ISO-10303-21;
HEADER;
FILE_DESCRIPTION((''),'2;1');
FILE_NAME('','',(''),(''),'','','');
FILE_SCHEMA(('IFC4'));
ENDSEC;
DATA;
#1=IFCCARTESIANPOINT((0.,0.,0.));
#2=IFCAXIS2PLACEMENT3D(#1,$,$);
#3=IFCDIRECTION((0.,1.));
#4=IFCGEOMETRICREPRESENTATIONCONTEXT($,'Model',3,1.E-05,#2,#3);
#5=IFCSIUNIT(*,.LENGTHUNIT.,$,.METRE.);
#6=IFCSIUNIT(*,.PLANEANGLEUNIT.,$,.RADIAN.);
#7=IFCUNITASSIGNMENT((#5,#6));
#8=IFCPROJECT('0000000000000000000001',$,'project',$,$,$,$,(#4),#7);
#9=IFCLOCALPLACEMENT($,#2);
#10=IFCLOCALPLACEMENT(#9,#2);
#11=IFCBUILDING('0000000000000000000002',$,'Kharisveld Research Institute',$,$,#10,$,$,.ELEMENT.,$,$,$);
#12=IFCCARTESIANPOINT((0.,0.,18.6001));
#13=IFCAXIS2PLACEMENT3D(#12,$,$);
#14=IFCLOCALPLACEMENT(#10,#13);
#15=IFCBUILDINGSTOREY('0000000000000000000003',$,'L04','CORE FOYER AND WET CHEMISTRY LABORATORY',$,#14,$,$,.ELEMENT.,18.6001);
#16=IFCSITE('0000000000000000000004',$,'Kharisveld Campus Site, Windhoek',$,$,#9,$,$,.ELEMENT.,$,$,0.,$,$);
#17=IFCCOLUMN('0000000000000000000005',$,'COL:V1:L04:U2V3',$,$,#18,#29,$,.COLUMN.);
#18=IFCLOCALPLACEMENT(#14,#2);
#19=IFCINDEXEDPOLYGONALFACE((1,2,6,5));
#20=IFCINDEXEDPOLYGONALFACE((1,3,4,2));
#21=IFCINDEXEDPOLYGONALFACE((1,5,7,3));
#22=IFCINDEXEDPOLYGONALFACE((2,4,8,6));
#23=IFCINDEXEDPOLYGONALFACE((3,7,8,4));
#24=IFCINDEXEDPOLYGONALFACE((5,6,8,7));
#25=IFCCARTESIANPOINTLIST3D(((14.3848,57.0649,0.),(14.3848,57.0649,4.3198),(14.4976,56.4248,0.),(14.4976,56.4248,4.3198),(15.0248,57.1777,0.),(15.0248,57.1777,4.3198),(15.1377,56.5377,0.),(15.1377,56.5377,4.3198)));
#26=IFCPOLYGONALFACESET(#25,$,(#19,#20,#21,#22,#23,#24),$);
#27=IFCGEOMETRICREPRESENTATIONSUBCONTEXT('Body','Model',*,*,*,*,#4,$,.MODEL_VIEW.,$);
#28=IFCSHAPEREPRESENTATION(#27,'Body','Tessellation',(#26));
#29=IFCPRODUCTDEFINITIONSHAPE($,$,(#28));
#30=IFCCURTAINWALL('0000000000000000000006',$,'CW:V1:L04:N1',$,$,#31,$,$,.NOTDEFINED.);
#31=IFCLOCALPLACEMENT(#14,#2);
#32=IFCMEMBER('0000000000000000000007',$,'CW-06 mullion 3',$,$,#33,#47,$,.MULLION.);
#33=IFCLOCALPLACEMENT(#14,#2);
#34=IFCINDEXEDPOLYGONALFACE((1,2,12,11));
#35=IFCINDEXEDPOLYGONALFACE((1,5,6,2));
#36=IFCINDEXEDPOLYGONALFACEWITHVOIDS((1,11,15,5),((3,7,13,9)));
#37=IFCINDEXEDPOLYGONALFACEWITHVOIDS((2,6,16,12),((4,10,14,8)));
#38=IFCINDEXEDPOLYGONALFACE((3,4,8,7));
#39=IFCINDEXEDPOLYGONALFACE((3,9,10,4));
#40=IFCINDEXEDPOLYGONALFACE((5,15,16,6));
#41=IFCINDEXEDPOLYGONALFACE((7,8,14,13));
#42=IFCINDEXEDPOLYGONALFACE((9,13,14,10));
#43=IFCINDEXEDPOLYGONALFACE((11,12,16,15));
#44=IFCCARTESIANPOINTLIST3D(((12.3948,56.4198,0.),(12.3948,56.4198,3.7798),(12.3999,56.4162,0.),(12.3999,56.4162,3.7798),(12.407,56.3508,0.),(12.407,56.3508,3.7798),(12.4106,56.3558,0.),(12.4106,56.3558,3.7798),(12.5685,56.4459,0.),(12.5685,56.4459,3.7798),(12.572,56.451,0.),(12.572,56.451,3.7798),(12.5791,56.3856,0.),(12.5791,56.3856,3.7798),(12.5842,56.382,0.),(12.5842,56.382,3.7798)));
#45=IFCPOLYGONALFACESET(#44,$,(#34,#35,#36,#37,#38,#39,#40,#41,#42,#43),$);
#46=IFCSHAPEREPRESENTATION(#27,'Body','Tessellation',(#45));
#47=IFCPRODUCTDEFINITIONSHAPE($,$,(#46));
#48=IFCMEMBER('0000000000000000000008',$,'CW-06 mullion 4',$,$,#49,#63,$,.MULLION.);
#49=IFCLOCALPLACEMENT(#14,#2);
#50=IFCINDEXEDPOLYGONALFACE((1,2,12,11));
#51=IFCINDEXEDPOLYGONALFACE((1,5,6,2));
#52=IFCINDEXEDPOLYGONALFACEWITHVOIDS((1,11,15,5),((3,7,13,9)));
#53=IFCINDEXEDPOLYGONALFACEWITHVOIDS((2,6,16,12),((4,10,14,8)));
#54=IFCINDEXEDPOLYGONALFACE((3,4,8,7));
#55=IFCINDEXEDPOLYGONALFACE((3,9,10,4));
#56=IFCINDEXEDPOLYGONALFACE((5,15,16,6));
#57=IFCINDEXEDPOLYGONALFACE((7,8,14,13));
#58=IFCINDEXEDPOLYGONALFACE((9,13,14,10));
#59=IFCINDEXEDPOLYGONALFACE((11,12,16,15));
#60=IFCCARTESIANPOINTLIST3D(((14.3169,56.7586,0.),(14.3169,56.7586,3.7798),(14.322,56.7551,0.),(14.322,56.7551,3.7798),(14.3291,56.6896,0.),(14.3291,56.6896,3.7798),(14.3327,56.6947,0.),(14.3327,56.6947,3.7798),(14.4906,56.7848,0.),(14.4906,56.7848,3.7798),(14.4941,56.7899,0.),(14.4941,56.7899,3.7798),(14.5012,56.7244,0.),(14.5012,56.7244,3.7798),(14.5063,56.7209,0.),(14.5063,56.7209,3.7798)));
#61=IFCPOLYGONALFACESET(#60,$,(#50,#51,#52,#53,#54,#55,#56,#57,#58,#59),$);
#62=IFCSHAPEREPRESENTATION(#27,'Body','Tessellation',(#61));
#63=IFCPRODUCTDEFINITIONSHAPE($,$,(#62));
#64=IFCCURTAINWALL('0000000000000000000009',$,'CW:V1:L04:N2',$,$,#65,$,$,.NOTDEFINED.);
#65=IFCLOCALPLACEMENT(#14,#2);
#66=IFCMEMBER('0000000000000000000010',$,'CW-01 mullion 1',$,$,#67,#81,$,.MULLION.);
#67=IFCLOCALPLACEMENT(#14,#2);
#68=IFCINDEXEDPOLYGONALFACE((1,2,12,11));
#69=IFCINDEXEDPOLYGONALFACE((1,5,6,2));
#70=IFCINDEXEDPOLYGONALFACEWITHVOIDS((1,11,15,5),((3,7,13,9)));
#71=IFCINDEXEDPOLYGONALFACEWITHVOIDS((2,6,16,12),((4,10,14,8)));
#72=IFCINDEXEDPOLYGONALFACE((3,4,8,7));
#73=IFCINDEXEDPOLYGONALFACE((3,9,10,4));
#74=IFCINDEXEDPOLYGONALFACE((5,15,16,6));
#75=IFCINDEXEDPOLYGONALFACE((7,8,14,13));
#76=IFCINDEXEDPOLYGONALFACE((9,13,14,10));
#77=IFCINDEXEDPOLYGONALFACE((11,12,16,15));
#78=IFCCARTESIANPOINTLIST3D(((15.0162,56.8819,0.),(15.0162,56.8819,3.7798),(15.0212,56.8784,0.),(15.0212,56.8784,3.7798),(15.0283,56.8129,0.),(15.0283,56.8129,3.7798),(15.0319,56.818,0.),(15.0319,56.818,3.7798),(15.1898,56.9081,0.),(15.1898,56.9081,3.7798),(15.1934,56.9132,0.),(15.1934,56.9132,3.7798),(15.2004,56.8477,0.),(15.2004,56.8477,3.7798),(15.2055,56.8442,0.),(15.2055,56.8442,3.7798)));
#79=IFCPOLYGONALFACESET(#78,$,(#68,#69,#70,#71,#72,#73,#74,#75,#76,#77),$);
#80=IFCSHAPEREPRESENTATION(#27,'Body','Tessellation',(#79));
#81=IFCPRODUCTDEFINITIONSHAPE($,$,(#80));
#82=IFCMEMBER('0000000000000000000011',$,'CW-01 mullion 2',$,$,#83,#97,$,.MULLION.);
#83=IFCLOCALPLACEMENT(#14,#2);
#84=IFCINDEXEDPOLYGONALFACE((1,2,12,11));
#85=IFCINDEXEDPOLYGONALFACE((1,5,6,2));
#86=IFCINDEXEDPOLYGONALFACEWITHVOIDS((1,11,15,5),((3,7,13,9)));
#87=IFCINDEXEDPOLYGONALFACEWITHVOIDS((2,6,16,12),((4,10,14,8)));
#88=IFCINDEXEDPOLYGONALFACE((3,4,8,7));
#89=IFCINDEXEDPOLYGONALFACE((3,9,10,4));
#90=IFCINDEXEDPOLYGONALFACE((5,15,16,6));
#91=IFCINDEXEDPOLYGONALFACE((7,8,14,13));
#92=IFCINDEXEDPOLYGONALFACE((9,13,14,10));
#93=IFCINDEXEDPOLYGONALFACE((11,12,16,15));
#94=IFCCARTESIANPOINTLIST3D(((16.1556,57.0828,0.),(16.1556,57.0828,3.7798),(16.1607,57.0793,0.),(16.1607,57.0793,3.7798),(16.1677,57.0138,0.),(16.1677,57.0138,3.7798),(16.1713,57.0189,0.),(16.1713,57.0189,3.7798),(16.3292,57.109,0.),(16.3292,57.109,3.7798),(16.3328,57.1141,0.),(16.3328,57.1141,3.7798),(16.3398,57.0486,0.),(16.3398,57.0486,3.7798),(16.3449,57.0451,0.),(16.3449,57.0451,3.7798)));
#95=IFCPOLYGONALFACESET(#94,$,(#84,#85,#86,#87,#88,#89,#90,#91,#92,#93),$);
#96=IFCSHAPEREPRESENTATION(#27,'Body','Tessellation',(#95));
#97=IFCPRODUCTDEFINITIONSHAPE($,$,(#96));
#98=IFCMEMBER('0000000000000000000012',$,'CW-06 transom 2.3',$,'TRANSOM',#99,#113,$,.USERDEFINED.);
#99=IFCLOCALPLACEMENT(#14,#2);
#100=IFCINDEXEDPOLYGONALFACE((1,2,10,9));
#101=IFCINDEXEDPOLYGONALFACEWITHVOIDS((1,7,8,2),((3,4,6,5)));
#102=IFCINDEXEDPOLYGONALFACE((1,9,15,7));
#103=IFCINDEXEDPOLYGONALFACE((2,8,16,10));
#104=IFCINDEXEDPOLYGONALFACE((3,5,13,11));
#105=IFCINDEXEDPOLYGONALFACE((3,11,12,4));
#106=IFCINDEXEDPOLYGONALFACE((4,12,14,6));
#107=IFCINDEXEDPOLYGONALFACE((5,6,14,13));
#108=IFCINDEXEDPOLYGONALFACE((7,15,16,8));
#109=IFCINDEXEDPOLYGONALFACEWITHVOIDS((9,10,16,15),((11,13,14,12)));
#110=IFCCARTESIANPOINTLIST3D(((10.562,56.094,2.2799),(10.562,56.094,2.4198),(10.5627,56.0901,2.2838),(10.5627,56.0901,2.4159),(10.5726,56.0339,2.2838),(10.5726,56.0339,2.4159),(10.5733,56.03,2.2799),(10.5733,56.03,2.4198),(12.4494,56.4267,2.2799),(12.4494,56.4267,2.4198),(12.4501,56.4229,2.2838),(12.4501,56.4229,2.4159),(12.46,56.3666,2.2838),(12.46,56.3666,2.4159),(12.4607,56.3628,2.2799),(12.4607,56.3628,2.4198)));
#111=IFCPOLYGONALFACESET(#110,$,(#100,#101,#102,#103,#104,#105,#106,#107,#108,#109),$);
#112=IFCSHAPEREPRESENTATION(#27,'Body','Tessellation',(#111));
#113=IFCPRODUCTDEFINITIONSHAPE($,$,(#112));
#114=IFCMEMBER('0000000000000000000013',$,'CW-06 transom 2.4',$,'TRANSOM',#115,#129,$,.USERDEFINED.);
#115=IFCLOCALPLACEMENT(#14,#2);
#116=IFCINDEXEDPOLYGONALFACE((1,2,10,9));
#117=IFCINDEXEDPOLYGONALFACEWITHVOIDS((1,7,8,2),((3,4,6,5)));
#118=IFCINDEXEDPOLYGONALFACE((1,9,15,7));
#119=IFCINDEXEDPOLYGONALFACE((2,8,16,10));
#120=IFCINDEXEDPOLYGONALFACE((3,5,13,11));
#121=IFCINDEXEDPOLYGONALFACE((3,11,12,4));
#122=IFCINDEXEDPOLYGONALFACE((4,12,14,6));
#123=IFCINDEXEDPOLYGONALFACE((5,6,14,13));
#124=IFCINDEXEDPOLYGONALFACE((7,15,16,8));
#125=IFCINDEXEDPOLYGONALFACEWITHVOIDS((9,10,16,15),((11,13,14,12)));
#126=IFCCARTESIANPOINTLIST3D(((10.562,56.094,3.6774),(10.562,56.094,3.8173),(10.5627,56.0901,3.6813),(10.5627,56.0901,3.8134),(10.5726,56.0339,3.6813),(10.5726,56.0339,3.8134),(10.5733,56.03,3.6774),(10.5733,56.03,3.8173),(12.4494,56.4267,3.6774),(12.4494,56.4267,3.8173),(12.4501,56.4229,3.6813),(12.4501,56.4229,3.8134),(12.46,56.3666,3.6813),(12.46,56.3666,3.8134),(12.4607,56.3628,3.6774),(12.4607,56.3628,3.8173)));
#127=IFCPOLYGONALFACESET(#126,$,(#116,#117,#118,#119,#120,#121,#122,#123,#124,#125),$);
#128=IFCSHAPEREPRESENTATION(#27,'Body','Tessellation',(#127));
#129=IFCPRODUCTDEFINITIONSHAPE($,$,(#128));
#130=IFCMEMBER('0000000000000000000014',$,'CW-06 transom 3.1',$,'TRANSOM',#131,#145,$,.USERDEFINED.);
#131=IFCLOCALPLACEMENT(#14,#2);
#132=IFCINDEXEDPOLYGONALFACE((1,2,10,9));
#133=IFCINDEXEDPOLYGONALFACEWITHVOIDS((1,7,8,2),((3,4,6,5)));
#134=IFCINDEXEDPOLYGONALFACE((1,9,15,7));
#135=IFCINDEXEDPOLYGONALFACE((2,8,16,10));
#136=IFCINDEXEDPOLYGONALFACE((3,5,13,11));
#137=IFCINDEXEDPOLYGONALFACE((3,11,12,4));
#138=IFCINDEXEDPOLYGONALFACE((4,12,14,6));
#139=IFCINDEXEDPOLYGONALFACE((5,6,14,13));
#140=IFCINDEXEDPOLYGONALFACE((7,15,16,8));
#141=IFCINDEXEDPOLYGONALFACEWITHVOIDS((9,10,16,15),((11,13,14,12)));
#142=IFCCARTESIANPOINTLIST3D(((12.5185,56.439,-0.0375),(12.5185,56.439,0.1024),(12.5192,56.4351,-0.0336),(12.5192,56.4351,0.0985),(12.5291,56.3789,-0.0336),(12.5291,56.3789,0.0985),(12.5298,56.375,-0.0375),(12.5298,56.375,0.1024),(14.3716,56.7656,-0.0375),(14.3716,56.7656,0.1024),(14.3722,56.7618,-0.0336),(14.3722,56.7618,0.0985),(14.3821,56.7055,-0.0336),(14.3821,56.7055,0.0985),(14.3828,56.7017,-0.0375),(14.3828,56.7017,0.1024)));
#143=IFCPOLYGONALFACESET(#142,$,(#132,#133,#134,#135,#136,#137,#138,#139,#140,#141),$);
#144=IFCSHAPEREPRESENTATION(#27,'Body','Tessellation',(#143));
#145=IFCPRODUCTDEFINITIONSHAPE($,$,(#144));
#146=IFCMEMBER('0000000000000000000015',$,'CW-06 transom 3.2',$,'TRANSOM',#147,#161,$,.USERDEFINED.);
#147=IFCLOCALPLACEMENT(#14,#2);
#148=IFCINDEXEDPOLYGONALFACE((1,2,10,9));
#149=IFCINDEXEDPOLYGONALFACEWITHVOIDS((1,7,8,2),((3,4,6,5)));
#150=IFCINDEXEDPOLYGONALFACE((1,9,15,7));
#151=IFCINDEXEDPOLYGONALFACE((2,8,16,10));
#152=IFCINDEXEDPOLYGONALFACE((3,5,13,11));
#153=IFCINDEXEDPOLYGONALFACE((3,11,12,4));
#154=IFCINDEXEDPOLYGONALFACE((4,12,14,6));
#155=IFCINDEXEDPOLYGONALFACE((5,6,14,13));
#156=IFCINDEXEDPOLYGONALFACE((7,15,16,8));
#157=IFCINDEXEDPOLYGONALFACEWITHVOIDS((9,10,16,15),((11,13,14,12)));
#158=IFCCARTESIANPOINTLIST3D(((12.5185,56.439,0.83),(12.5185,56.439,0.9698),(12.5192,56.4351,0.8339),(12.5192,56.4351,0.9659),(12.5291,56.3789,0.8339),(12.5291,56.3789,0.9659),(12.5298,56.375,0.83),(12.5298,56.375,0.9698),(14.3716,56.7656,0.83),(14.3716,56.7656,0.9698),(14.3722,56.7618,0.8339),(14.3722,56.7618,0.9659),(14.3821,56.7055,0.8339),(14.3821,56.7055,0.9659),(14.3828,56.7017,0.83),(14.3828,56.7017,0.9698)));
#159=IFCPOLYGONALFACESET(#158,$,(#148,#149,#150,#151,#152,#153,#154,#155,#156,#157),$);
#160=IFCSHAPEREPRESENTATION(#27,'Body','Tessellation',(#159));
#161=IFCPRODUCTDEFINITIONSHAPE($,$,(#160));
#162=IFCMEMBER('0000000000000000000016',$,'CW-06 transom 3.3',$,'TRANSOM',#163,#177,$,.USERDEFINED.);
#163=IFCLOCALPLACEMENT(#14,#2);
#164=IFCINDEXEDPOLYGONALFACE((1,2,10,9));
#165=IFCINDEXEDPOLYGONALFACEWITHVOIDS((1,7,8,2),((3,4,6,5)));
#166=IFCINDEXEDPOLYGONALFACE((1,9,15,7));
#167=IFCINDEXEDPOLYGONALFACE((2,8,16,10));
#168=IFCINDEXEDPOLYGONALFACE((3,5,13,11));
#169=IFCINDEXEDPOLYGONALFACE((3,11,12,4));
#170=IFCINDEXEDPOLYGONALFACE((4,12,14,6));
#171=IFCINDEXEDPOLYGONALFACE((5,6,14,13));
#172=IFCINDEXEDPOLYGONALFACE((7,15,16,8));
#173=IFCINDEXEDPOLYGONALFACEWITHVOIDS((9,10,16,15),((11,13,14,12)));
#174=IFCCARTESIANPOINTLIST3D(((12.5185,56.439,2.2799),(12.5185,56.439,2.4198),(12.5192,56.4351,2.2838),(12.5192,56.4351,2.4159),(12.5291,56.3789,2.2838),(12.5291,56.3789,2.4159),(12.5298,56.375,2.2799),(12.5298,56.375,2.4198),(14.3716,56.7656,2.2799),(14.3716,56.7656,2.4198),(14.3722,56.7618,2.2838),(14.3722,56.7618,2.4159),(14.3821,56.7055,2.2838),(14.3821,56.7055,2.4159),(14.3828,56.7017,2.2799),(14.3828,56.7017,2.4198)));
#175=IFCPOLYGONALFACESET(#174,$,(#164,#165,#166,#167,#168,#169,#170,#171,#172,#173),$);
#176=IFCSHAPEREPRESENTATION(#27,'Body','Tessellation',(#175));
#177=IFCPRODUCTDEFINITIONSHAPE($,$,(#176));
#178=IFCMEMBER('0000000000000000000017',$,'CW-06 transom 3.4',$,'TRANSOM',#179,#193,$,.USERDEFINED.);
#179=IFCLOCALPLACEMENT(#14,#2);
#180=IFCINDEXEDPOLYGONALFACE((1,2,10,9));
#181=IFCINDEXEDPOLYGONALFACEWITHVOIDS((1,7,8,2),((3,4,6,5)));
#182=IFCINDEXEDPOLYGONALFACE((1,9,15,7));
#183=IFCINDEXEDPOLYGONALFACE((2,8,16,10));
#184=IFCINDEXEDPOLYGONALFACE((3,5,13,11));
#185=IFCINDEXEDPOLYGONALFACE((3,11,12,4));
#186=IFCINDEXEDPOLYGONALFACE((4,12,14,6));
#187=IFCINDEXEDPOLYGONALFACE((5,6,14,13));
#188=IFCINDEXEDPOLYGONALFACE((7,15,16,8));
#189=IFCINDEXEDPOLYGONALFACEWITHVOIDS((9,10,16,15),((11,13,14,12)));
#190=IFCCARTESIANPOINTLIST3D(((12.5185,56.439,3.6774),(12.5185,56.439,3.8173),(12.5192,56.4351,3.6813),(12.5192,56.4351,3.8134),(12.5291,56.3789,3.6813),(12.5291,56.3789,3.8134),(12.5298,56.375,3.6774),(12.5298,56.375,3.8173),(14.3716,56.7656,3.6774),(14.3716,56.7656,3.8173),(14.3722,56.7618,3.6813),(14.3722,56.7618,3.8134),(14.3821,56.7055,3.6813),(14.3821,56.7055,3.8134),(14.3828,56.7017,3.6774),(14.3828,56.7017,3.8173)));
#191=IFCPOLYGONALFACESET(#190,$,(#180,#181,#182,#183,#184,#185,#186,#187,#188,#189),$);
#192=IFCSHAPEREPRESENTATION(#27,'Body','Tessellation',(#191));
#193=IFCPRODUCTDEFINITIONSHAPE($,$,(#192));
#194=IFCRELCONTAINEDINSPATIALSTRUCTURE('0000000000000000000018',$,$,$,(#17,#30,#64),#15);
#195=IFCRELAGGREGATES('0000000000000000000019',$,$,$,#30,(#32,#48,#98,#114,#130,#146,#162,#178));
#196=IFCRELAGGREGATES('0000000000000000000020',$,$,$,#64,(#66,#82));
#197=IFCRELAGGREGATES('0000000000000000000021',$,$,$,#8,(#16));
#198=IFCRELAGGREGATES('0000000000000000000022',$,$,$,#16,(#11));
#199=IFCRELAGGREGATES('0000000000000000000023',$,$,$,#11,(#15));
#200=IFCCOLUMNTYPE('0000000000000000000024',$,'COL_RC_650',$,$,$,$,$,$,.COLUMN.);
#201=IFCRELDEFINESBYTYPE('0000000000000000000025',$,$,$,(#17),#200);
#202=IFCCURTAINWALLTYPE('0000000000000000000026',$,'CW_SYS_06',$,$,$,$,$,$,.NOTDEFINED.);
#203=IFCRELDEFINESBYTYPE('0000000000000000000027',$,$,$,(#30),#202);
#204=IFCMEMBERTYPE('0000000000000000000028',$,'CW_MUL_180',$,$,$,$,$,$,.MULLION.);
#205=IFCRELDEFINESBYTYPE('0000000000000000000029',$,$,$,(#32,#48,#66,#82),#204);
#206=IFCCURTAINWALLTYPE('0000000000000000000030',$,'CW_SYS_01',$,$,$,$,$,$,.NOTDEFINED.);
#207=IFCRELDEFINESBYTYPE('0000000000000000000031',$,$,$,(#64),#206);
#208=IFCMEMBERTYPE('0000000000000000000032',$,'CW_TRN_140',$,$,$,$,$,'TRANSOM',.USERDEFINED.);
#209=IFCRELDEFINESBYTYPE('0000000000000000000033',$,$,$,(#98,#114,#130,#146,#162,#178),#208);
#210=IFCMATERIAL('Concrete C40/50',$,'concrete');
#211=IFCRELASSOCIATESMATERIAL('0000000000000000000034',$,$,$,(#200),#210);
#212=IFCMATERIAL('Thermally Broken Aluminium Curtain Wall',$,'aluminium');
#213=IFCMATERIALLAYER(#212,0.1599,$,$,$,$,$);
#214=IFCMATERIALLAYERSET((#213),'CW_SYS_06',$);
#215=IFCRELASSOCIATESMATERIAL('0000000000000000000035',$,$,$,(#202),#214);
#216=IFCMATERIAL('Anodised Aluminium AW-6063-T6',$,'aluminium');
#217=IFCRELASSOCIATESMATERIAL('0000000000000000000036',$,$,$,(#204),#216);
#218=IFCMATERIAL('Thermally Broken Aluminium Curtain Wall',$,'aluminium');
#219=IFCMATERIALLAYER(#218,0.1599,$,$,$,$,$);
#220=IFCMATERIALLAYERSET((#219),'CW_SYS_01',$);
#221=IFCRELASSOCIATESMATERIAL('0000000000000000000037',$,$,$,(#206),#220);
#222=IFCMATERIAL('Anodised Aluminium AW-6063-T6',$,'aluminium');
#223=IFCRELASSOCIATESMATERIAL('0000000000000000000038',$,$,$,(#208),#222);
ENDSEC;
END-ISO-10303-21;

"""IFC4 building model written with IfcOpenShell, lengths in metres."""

from ifc_helpers import new_model, si_unit, direction, frame, origin, origin_2d, place, context, subcontext, project, spatial, rectangle, hollow_rectangle, extrude, material, layer, layer_set, material_profile, profile_set, type_object, element, aggregate, save


model = new_model("IFC4")

# Units and contexts
model_context = context("Model", 3, precision=1e-05, world=origin(), true_north=direction((0.0, 1.0)))
body_context = subcontext(model_context, "Body", "Model", "MODEL_VIEW")
ifc_project = project(units=[si_unit("LENGTHUNIT", "METRE"), si_unit("PLANEANGLEUNIT", "RADIAN")], contexts=[model_context])

# Site, building, storey
site_placement = place(None, origin())
site = spatial("IfcSite", under=ifc_project, at=site_placement, Name="Kharisveld Campus Site, Windhoek", CompositionType="ELEMENT", RefElevation=0.0)
building_placement = place(site_placement, origin())
building = spatial("IfcBuilding", under=site, at=building_placement, Name="Kharisveld Research Institute", CompositionType="ELEMENT")
storey_placement = place(building_placement, frame((0.0, 0.0, 18.6001)))
storey = spatial("IfcBuildingStorey", under=building, at=storey_placement, Name="L04", Description="CORE FOYER AND WET CHEMISTRY LABORATORY", CompositionType="ELEMENT", Elevation=18.6001)

# Column
ifc_material_1 = material(Name="Concrete C40/50", Category="concrete")
ifc_material_profile_1 = material_profile(ifc_material_1, rectangle(XDim=0.6499, YDim=0.6499, at=origin_2d()))
ifc_profile_set_1 = profile_set([ifc_material_profile_1], Name="Concrete C40/50")
column_type = type_object("IfcColumnType", Name="COL_RC_650", PredefinedType="COLUMN", material=ifc_profile_set_1)
column_placement = place(storey_placement, frame((14.7612, 56.8013, 0.0), z_axis=(0.0, 0.0, 1.0), x_axis=(0.984808, 0.173648, 0.0)))
element("IfcColumn", 1, at=column_placement, inside=storey, type_object=column_type, Name="COL:V1:L04:U2V3", PredefinedType="COLUMN", context=body_context, shape_type="SweptSolid", body=[
    extrude(rectangle(XDim=0.6499, YDim=0.6499, at=origin_2d()), origin(), (0.0, 0.0, 1.0), 4.3198),
])

# Curtain walls, members
ifc_material_2 = material(Name="Thermally Broken Aluminium Curtain Wall", Category="aluminium")
ifc_layer_1 = layer(ifc_material_2, 0.1599)
ifc_layer_set_1 = layer_set([ifc_layer_1], Name="CW_SYS_06")
curtain_wall_type_1 = type_object("IfcCurtainWallType", Name="CW_SYS_06", PredefinedType="NOTDEFINED", material=ifc_layer_set_1)
curtain_wall_1_placement = place(storey_placement, origin())
curtain_wall_1 = element("IfcCurtainWall", 2, at=curtain_wall_1_placement, inside=storey, type_object=curtain_wall_type_1, Name="CW:V1:L04:N1", PredefinedType="NOTDEFINED")
ifc_material_3 = material(Name="Anodised Aluminium AW-6063-T6", Category="aluminium")
ifc_material_profile_2 = material_profile(ifc_material_3, hollow_rectangle(XDim=0.0701, YDim=0.1799, WallThickness=0.0044, at=origin_2d()))
ifc_profile_set_2 = profile_set([ifc_material_profile_2], Name="Anodised Aluminium AW-6063-T6")
member_type_1 = type_object("IfcMemberType", Name="CW_MUL_180", PredefinedType="MULLION", material=ifc_profile_set_2)
member_1_placement = place(storey_placement, frame((12.4895, 56.4009, 0.0), z_axis=(0.0, 0.0, 1.0), x_axis=(-0.173648, 0.984808, 0.0)))
member_1 = element("IfcMember", 3, at=member_1_placement, type_object=member_type_1, Name="CW-06 mullion 3", PredefinedType="MULLION", context=body_context, shape_type="SweptSolid", body=[
    extrude(hollow_rectangle(XDim=0.0701, YDim=0.1799, WallThickness=0.0044, at=origin_2d()), origin(), (0.0, 0.0, 1.0), 3.7798),
])
member_2_placement = place(storey_placement, frame((14.4116, 56.7397, 0.0), z_axis=(0.0, 0.0, 1.0), x_axis=(-0.173648, 0.984808, 0.0)))
member_2 = element("IfcMember", 4, at=member_2_placement, type_object=member_type_1, Name="CW-06 mullion 4", PredefinedType="MULLION", context=body_context, shape_type="SweptSolid", body=[
    extrude(hollow_rectangle(XDim=0.0701, YDim=0.1799, WallThickness=0.0044, at=origin_2d()), origin(), (0.0, 0.0, 1.0), 3.7798),
])
ifc_material_4 = material(Name="Thermally Broken Aluminium Curtain Wall", Category="aluminium")
ifc_layer_2 = layer(ifc_material_4, 0.1599)
ifc_layer_set_2 = layer_set([ifc_layer_2], Name="CW_SYS_01")
curtain_wall_type_2 = type_object("IfcCurtainWallType", Name="CW_SYS_01", PredefinedType="NOTDEFINED", material=ifc_layer_set_2)
curtain_wall_2_placement = place(storey_placement, origin())
curtain_wall_2 = element("IfcCurtainWall", 5, at=curtain_wall_2_placement, inside=storey, type_object=curtain_wall_type_2, Name="CW:V1:L04:N2", PredefinedType="NOTDEFINED")
member_3_placement = place(storey_placement, frame((15.1108, 56.863, 0.0), z_axis=(0.0, 0.0, 1.0), x_axis=(-0.173648, 0.984808, 0.0)))
member_3 = element("IfcMember", 6, at=member_3_placement, type_object=member_type_1, Name="CW-01 mullion 1", PredefinedType="MULLION", context=body_context, shape_type="SweptSolid", body=[
    extrude(hollow_rectangle(XDim=0.0701, YDim=0.1799, WallThickness=0.0044, at=origin_2d()), origin(), (0.0, 0.0, 1.0), 3.7798),
])
member_4_placement = place(storey_placement, frame((16.2502, 57.064, 0.0), z_axis=(0.0, 0.0, 1.0), x_axis=(-0.173648, 0.984808, 0.0)))
member_4 = element("IfcMember", 7, at=member_4_placement, type_object=member_type_1, Name="CW-01 mullion 2", PredefinedType="MULLION", context=body_context, shape_type="SweptSolid", body=[
    extrude(hollow_rectangle(XDim=0.0701, YDim=0.1799, WallThickness=0.0044, at=origin_2d()), origin(), (0.0, 0.0, 1.0), 3.7798),
])

# Members
ifc_material_5 = material(Name="Anodised Aluminium AW-6063-T6", Category="aluminium")
ifc_material_profile_3 = material_profile(ifc_material_5, hollow_rectangle(XDim=0.0649, YDim=0.1399, WallThickness=0.0039, at=origin_2d()))
ifc_profile_set_3 = profile_set([ifc_material_profile_3], Name="Anodised Aluminium AW-6063-T6")
member_type_2 = type_object("IfcMemberType", Name="CW_TRN_140", ElementType="TRANSOM", PredefinedType="USERDEFINED", material=ifc_profile_set_3)
member_5_placement = place(storey_placement, frame((10.5676, 56.062, 2.3499), z_axis=(0.984812, 0.173625, 0.0), x_axis=(-0.173625, 0.984812, 0.0)))
member_5 = element("IfcMember", 8, at=member_5_placement, type_object=member_type_2, Name="CW-06 transom 2.3", ObjectType="TRANSOM", PredefinedType="USERDEFINED", context=body_context, shape_type="SweptSolid", body=[
    extrude(hollow_rectangle(XDim=0.0649, YDim=0.1399, WallThickness=0.0039, at=origin_2d()), origin(), (0.0, 0.0, 1.0), 1.9165),
])
member_6_placement = place(storey_placement, frame((10.5676, 56.062, 3.7473), z_axis=(0.984812, 0.173625, 0.0), x_axis=(-0.173625, 0.984812, 0.0)))
member_6 = element("IfcMember", 9, at=member_6_placement, type_object=member_type_2, Name="CW-06 transom 2.4", ObjectType="TRANSOM", PredefinedType="USERDEFINED", context=body_context, shape_type="SweptSolid", body=[
    extrude(hollow_rectangle(XDim=0.0649, YDim=0.1399, WallThickness=0.0039, at=origin_2d()), origin(), (0.0, 0.0, 1.0), 1.9165),
])
member_7_placement = place(storey_placement, frame((12.5242, 56.407, 0.0325), z_axis=(0.984815, 0.173608, 0.0), x_axis=(-0.173608, 0.984815, 0.0)))
member_7 = element("IfcMember", 10, at=member_7_placement, type_object=member_type_2, Name="CW-06 transom 3.1", ObjectType="TRANSOM", PredefinedType="USERDEFINED", context=body_context, shape_type="SweptSolid", body=[
    extrude(hollow_rectangle(XDim=0.0649, YDim=0.1399, WallThickness=0.0039, at=origin_2d()), origin(), (0.0, 0.0, 1.0), 1.8816),
])
member_8_placement = place(storey_placement, frame((12.5242, 56.407, 0.8999), z_axis=(0.984815, 0.173608, 0.0), x_axis=(-0.173608, 0.984815, 0.0)))
member_8 = element("IfcMember", 11, at=member_8_placement, type_object=member_type_2, Name="CW-06 transom 3.2", ObjectType="TRANSOM", PredefinedType="USERDEFINED", context=body_context, shape_type="SweptSolid", body=[
    extrude(hollow_rectangle(XDim=0.0649, YDim=0.1399, WallThickness=0.0039, at=origin_2d()), origin(), (0.0, 0.0, 1.0), 1.8816),
])
member_9_placement = place(storey_placement, frame((12.5242, 56.407, 2.3499), z_axis=(0.984815, 0.173608, 0.0), x_axis=(-0.173608, 0.984815, 0.0)))
member_9 = element("IfcMember", 12, at=member_9_placement, type_object=member_type_2, Name="CW-06 transom 3.3", ObjectType="TRANSOM", PredefinedType="USERDEFINED", context=body_context, shape_type="SweptSolid", body=[
    extrude(hollow_rectangle(XDim=0.0649, YDim=0.1399, WallThickness=0.0039, at=origin_2d()), origin(), (0.0, 0.0, 1.0), 1.8816),
])
member_10_placement = place(storey_placement, frame((12.5242, 56.407, 3.7473), z_axis=(0.984815, 0.173608, 0.0), x_axis=(-0.173608, 0.984815, 0.0)))
member_10 = element("IfcMember", 13, at=member_10_placement, type_object=member_type_2, Name="CW-06 transom 3.4", ObjectType="TRANSOM", PredefinedType="USERDEFINED", context=body_context, shape_type="SweptSolid", body=[
    extrude(hollow_rectangle(XDim=0.0649, YDim=0.1399, WallThickness=0.0039, at=origin_2d()), origin(), (0.0, 0.0, 1.0), 1.8816),
])

aggregate(curtain_wall_1, [member_1, member_2, member_5, member_6, member_7, member_8, member_9, member_10])
aggregate(curtain_wall_2, [member_3, member_4])

save(model, "model.ifc")
